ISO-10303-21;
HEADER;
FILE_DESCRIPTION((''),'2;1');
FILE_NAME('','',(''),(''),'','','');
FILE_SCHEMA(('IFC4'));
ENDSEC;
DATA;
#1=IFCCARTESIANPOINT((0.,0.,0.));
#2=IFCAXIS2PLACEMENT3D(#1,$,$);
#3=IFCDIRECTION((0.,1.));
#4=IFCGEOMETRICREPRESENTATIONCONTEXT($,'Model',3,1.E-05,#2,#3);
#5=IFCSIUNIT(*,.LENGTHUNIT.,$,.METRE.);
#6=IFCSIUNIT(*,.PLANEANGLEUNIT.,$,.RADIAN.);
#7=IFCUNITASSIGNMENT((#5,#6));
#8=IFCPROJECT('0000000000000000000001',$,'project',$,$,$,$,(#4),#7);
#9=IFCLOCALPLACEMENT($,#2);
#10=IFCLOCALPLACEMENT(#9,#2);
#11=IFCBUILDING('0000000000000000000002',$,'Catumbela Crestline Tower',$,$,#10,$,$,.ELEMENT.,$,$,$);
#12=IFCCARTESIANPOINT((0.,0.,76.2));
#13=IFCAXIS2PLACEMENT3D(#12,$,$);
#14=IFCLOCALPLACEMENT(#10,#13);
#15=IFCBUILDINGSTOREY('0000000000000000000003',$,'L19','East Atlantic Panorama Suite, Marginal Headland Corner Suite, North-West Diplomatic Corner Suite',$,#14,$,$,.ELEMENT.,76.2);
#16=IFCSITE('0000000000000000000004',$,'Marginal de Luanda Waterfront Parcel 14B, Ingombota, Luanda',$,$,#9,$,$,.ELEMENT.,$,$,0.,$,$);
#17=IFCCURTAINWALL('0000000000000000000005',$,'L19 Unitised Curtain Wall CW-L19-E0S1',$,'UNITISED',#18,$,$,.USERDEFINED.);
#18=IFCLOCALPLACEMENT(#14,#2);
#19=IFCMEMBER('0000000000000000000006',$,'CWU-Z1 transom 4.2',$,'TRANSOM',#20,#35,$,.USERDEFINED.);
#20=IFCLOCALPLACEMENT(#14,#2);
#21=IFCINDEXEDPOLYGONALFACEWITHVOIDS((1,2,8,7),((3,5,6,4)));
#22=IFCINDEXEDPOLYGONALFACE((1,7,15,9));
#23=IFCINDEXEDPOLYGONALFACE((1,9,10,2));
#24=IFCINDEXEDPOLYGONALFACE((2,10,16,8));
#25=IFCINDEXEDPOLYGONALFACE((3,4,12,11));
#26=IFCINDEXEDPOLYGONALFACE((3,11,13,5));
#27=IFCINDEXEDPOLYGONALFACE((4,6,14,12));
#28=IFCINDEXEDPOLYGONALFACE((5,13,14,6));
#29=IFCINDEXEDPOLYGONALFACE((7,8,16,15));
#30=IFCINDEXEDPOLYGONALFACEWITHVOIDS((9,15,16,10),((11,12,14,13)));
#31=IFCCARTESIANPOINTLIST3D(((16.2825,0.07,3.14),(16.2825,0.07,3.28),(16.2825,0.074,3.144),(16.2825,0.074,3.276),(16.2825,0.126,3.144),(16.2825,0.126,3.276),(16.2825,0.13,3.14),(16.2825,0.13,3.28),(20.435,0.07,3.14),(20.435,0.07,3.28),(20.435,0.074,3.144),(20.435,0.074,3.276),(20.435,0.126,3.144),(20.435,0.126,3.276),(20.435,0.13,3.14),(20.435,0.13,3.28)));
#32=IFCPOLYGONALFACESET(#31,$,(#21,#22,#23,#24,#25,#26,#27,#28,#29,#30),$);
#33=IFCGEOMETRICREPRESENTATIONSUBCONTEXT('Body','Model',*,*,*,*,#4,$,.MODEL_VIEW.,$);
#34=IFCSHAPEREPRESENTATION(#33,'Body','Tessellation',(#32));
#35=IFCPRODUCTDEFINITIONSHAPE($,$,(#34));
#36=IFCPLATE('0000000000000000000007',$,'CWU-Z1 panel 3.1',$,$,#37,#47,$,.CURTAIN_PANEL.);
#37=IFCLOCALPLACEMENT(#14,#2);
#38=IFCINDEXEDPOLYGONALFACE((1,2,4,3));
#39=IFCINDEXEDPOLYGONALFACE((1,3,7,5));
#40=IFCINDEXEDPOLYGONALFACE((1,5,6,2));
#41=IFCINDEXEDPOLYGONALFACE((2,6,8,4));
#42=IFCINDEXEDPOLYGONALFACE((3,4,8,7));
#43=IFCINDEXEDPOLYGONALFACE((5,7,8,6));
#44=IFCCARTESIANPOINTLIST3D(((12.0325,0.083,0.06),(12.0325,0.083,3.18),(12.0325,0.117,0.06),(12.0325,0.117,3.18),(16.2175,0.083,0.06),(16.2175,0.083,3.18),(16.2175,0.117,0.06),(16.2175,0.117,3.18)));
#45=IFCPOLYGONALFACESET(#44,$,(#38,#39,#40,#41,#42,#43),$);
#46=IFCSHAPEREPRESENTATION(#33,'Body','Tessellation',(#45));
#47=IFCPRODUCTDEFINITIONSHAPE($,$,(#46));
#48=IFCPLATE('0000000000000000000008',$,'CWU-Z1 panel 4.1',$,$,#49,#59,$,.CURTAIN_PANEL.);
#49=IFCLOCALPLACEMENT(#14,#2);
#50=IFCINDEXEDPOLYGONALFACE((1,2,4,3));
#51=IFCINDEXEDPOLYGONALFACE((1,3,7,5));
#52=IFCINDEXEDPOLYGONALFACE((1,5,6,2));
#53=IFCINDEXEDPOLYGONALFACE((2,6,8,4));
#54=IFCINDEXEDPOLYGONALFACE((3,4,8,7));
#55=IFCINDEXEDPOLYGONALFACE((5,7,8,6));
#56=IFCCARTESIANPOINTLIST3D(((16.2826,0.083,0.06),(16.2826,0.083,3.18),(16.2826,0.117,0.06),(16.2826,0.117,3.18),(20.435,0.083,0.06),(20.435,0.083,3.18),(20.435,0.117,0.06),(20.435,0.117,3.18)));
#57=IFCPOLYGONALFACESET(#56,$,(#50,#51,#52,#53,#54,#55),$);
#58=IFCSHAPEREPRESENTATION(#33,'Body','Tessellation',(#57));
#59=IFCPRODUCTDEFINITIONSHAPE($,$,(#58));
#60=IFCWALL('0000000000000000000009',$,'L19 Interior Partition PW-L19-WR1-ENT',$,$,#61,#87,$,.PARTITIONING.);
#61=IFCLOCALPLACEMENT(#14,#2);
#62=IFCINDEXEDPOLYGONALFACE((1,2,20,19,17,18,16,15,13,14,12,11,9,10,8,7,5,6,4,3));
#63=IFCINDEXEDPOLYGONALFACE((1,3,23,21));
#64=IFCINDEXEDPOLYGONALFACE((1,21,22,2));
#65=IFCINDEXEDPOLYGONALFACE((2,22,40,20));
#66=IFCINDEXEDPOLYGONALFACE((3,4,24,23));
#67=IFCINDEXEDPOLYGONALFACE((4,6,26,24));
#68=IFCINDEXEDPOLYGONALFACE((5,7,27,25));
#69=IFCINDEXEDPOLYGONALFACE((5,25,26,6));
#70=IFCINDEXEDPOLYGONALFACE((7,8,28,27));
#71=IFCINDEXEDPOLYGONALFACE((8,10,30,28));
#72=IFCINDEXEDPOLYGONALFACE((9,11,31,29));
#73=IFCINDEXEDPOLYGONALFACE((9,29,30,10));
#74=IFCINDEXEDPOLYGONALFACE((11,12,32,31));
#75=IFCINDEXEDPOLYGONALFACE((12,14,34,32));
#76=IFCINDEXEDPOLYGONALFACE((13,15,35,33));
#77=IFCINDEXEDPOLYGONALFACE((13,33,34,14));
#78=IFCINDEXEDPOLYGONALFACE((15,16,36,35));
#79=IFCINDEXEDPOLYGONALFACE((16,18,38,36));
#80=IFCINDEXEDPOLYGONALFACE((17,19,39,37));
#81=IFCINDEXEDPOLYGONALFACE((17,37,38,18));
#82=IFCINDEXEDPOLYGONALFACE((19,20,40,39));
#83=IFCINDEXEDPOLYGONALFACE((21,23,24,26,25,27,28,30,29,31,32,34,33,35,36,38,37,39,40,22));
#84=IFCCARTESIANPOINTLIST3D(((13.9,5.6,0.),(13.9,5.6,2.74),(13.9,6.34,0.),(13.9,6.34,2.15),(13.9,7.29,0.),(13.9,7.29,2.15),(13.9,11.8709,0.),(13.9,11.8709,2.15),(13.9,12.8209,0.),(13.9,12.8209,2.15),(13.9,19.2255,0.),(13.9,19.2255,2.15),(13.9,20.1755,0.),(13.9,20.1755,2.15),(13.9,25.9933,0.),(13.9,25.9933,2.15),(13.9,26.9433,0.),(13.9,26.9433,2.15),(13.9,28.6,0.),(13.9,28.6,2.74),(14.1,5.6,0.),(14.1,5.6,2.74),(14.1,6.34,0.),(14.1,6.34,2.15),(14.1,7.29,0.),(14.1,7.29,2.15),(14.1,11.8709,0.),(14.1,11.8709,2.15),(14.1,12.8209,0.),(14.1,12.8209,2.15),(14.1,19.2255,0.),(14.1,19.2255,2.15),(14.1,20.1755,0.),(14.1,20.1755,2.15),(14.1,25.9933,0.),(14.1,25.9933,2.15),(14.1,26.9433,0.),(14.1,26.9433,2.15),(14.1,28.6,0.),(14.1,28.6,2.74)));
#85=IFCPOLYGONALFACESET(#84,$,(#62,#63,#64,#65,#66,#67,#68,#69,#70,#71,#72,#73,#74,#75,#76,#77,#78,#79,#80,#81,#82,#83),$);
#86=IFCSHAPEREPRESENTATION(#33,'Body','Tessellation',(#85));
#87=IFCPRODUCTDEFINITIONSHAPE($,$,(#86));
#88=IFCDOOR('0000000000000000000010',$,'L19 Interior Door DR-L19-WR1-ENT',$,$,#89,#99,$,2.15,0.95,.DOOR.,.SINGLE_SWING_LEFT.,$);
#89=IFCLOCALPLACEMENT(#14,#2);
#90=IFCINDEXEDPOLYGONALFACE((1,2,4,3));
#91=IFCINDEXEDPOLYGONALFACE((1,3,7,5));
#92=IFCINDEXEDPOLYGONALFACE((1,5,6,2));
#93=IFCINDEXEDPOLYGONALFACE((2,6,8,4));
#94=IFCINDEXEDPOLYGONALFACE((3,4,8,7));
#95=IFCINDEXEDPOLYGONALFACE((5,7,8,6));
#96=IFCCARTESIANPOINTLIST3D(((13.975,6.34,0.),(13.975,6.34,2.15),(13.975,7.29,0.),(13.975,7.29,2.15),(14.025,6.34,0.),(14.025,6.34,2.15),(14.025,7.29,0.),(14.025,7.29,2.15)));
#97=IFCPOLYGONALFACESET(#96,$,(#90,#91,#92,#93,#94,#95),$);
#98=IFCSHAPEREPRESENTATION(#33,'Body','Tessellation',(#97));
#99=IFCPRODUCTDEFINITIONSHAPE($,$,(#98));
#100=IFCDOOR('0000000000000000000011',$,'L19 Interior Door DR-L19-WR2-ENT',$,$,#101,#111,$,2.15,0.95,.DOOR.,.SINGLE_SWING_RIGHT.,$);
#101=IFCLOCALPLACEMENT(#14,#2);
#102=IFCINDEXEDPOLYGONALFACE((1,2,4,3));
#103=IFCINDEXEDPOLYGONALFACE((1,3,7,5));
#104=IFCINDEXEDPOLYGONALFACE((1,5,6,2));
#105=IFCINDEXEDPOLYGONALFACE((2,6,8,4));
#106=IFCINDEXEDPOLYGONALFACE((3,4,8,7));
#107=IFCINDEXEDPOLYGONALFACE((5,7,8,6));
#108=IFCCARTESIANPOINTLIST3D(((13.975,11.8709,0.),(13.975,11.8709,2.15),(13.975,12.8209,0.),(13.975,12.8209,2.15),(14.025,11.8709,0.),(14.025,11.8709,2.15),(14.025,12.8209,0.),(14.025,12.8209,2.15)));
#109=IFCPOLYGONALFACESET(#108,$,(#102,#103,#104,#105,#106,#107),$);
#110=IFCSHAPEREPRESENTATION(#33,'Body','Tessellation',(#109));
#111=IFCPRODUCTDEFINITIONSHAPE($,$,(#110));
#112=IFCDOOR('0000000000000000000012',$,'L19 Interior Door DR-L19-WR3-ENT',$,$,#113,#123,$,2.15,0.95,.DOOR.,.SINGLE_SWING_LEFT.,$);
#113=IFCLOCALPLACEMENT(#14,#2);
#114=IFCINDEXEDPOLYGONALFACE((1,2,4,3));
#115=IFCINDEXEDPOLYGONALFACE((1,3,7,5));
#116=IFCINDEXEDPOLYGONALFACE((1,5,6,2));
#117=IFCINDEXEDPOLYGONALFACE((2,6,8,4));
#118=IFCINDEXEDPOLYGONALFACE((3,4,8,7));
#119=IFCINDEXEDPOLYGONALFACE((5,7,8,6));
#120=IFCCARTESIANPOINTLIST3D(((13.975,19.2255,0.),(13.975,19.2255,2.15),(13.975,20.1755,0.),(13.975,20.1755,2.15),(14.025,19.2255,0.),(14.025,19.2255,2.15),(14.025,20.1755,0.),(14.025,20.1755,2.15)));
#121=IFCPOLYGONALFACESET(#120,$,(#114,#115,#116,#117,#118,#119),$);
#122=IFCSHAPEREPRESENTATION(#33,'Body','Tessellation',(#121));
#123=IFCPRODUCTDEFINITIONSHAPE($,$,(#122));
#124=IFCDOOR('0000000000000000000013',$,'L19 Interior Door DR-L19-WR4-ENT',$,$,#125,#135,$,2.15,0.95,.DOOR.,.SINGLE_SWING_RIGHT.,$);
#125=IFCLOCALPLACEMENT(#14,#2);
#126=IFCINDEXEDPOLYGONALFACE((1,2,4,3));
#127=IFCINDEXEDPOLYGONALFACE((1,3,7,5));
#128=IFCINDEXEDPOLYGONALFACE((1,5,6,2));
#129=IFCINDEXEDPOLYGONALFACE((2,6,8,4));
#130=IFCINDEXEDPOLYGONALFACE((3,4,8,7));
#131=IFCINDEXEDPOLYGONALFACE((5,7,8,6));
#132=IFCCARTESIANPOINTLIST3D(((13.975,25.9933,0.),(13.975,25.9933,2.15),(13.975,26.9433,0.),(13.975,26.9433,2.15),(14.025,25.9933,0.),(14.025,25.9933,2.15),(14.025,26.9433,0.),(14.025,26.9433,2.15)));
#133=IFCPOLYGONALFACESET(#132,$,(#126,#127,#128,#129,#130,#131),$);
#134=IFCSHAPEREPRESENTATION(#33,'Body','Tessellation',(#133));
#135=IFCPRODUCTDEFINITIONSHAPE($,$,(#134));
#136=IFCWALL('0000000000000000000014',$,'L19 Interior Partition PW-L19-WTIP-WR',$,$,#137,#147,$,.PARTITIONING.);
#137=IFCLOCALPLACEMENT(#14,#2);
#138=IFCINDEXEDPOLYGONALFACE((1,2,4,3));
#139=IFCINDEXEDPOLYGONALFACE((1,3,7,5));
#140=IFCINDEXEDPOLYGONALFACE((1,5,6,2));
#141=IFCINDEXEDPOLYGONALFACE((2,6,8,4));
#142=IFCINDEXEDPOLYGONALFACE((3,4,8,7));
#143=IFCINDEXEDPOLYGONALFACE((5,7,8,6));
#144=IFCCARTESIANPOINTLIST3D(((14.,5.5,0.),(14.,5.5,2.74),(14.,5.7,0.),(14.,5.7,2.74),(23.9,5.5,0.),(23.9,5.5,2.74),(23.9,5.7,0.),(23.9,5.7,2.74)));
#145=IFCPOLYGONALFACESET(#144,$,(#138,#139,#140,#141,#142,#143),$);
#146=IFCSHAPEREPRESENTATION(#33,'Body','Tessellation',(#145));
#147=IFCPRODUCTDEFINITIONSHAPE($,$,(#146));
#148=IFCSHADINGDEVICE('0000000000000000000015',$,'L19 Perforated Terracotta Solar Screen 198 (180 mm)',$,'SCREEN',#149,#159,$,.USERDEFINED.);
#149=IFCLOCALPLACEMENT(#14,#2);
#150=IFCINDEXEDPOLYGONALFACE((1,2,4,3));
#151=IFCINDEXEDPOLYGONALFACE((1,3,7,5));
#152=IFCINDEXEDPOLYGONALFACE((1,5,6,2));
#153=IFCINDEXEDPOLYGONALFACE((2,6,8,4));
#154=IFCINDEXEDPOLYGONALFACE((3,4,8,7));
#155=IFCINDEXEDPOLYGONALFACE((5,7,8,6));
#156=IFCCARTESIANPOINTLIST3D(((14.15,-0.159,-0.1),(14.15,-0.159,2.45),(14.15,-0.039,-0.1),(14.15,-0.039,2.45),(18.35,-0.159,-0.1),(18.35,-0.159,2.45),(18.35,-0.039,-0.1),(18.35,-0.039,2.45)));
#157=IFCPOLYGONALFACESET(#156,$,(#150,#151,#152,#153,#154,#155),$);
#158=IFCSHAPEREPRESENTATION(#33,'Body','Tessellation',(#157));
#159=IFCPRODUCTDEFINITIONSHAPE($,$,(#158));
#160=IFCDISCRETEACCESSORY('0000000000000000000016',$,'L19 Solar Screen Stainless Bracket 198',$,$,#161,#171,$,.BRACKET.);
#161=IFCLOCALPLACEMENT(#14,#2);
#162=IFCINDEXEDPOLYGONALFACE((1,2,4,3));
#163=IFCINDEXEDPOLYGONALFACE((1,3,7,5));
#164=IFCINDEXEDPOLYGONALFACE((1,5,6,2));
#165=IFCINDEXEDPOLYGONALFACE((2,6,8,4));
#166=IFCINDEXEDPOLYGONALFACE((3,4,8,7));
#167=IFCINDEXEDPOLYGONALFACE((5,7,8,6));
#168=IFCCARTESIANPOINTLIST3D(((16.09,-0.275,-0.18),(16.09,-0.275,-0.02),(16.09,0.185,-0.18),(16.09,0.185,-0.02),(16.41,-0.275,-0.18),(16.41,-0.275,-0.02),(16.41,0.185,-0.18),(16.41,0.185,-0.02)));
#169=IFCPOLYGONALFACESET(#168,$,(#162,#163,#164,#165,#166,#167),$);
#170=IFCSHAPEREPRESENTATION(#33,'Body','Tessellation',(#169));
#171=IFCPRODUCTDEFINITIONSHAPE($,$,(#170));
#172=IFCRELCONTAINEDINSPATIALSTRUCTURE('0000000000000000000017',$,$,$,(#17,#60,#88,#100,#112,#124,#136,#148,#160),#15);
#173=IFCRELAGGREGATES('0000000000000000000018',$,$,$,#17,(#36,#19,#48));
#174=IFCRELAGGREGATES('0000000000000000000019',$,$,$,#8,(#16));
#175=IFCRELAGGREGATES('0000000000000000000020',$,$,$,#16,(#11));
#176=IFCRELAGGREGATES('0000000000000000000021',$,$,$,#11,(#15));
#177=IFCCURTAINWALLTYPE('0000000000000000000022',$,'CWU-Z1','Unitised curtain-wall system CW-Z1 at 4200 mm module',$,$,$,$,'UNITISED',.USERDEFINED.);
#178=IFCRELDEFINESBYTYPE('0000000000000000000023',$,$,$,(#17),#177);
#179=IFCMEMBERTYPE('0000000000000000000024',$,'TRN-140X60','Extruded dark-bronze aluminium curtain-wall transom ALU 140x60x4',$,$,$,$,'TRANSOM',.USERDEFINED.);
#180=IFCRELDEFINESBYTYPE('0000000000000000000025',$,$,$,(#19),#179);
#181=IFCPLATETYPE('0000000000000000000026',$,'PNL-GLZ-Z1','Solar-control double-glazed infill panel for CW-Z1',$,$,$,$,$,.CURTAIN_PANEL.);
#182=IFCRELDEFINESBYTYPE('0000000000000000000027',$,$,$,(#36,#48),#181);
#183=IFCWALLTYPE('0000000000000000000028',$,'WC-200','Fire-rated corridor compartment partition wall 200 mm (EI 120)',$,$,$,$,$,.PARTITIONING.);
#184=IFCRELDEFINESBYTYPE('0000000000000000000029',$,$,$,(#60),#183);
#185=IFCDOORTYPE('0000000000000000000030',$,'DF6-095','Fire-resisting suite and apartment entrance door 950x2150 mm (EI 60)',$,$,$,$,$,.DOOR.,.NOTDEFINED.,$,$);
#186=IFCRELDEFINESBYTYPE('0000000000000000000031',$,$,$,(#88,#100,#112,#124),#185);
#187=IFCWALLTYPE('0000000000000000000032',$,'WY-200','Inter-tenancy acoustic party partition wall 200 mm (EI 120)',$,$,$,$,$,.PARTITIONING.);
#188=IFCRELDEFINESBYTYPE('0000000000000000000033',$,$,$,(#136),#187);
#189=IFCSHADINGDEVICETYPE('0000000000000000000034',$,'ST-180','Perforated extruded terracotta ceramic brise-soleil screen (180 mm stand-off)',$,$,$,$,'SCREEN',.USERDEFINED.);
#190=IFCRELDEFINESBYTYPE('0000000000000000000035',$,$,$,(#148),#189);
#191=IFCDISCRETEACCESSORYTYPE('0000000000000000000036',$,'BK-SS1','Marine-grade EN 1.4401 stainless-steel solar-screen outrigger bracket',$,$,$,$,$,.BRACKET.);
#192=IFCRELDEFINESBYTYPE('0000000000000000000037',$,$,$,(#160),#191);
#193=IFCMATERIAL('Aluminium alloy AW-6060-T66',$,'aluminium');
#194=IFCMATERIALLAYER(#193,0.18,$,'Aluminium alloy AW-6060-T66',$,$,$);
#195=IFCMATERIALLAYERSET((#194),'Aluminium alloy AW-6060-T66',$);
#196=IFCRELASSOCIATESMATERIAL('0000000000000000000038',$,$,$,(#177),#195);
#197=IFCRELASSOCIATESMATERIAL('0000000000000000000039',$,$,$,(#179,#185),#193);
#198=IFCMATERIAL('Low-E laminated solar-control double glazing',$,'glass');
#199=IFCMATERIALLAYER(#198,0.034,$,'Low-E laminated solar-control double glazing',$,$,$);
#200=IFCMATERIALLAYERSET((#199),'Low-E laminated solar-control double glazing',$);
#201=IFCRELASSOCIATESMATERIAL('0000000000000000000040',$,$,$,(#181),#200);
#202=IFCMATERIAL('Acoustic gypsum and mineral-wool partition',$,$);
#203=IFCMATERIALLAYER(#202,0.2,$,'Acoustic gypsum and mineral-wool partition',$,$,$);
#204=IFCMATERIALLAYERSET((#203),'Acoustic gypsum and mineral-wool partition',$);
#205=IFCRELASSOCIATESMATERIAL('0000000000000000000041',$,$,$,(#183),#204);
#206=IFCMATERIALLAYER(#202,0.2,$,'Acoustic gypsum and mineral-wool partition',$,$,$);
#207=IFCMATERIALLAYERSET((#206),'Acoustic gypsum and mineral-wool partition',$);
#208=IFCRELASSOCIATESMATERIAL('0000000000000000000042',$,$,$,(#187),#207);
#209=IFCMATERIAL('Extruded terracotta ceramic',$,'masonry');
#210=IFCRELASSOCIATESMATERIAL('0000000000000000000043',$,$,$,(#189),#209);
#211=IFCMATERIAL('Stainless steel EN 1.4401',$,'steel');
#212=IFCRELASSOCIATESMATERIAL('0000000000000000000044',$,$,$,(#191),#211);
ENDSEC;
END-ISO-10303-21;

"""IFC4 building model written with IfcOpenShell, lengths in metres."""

from ifc_helpers import new_model, si_unit, direction, frame, frame_2d, origin, origin_2d, place, context, subcontext, project, spatial, rectangle, hollow_rectangle, extrude, material, layer, layer_set, material_profile, profile_set, type_object, element, fill, aggregate, save


model = new_model("IFC4")

# Units and contexts
model_context = context("Model", 3, precision=1e-05, world=origin(), true_north=direction((0.0, 1.0)))
body_context = subcontext(model_context, "Body", "Model", "MODEL_VIEW")
ifc_project = project(units=[si_unit("LENGTHUNIT", "METRE"), si_unit("PLANEANGLEUNIT", "RADIAN")], contexts=[model_context])

# Site, building, storey
site_placement = place(None, origin())
site = spatial("IfcSite", under=ifc_project, at=site_placement, Name="Marginal de Luanda Waterfront Parcel 14B, Ingombota, Luanda", CompositionType="ELEMENT", RefElevation=0.0)
building_placement = place(site_placement, origin())
building = spatial("IfcBuilding", under=site, at=building_placement, Name="Catumbela Crestline Tower", CompositionType="ELEMENT")
storey_placement = place(building_placement, frame((0.0, 0.0, 76.2)))
storey = spatial("IfcBuildingStorey", under=building, at=storey_placement, Name="L19", Description="East Atlantic Panorama Suite, Marginal Headland Corner Suite, North-West Diplomatic Corner Suite", CompositionType="ELEMENT", Elevation=76.2)

# Curtain wall, member, plates
ifc_material_1 = material(Name="Aluminium alloy AW-6060-T66", Category="aluminium")
ifc_layer_1 = layer(ifc_material_1, 0.18, Name="Aluminium alloy AW-6060-T66")
ifc_layer_set_1 = layer_set([ifc_layer_1], Name="Aluminium alloy AW-6060-T66")
curtain_wall_type = type_object("IfcCurtainWallType", Name="CWU-Z1", Description="Unitised curtain-wall system CW-Z1 at 4200 mm module", ElementType="UNITISED", PredefinedType="USERDEFINED", material=ifc_layer_set_1)
curtain_wall_placement = place(storey_placement, origin())
curtain_wall = element("IfcCurtainWall", 1, at=curtain_wall_placement, inside=storey, type_object=curtain_wall_type, Name="L19 Unitised Curtain Wall CW-L19-E0S1", ObjectType="UNITISED", PredefinedType="USERDEFINED")
ifc_material_profile_1 = material_profile(ifc_material_1, hollow_rectangle(XDim=0.06, YDim=0.14, WallThickness=0.004, at=origin_2d()), Name="ALU 140x60x4")
ifc_profile_set_1 = profile_set([ifc_material_profile_1], Name="Aluminium alloy AW-6060-T66")
member_type_1 = type_object("IfcMemberType", Name="TRN-140X60", Description="Extruded dark-bronze aluminium curtain-wall transom ALU 140x60x4", ElementType="TRANSOM", PredefinedType="USERDEFINED", material=ifc_profile_set_1)
member_1_placement = place(storey_placement, frame((16.2825, 0.1, 3.21), z_axis=(1.0, 0.0, 0.0), x_axis=(0.0, 1.0, 0.0)))
member_1 = element("IfcMember", 2, at=member_1_placement, type_object=member_type_1, Name="CWU-Z1 transom 4.2", ObjectType="TRANSOM", PredefinedType="USERDEFINED", context=body_context, shape_type="SweptSolid", body=[
    extrude(hollow_rectangle(XDim=0.06, YDim=0.14, WallThickness=0.004, at=origin_2d()), origin(), (0.0, 0.0, 1.0), 4.1525),
])
ifc_material_2 = material(Name="Low-E laminated solar-control double glazing", Category="glass")
ifc_layer_2 = layer(ifc_material_2, 0.034, Name="Low-E laminated solar-control double glazing")
ifc_layer_set_2 = layer_set([ifc_layer_2], Name="Low-E laminated solar-control double glazing")
plate_type = type_object("IfcPlateType", Name="PNL-GLZ-Z1", Description="Solar-control double-glazed infill panel for CW-Z1", PredefinedType="CURTAIN_PANEL", material=ifc_layer_set_2)
plate_1_placement = place(storey_placement, frame((14.125, 0.1, 0.06), z_axis=(0.0, 0.0, 1.0), x_axis=(1.0, 0.0, 0.0)))
plate_1 = element("IfcPlate", 3, at=plate_1_placement, type_object=plate_type, Name="CWU-Z1 panel 3.1", PredefinedType="CURTAIN_PANEL", context=body_context, shape_type="SweptSolid", body=[
    extrude(rectangle(XDim=4.185, YDim=0.034, at=origin_2d()), origin(), (0.0, 0.0, 1.0), 3.12),
])
plate_2_placement = place(storey_placement, frame((18.3588, 0.1, 0.06), z_axis=(0.0, 0.0, 1.0), x_axis=(1.0, 0.0, 0.0)))
plate_2 = element("IfcPlate", 4, at=plate_2_placement, type_object=plate_type, Name="CWU-Z1 panel 4.1", PredefinedType="CURTAIN_PANEL", context=body_context, shape_type="SweptSolid", body=[
    extrude(rectangle(XDim=4.1525, YDim=0.034, at=origin_2d()), origin(), (0.0, 0.0, 1.0), 3.12),
])
aggregate(curtain_wall, [plate_1, member_1, plate_2])

# Wall, openings, doors
ifc_material_3 = material(Name="Acoustic gypsum and mineral-wool partition")
ifc_layer_3 = layer(ifc_material_3, 0.2, Name="Acoustic gypsum and mineral-wool partition")
ifc_layer_set_3 = layer_set([ifc_layer_3], Name="Acoustic gypsum and mineral-wool partition")
wall_type_1 = type_object("IfcWallType", Name="WC-200", Description="Fire-rated corridor compartment partition wall 200 mm (EI 120)", PredefinedType="PARTITIONING", material=ifc_layer_set_3)
wall_1_placement = place(storey_placement, frame((14.0, 5.6, 0.0), z_axis=(0.0, 0.0, 1.0), x_axis=(0.0, 1.0, 0.0)))
wall_1 = element("IfcWall", 5, at=wall_1_placement, inside=storey, type_object=wall_type_1, Name="L19 Interior Partition PW-L19-WR1-ENT", PredefinedType="PARTITIONING", context=body_context, shape_type="SweptSolid", body=[
    extrude(rectangle(XDim=23.0, YDim=0.2, at=frame_2d((11.5, 0.0))), origin(), (0.0, 0.0, 1.0), 2.74),
])
opening_1_placement = place(wall_1_placement, frame((0.74, 0.0, 0.0)))
opening_1 = element("IfcOpeningElement", 6, at=opening_1_placement, cuts=wall_1, PredefinedType="OPENING", context=body_context, shape_type="SweptSolid", body=[
    extrude(rectangle(XDim=0.95, YDim=2.15, at=frame_2d((0.475, 1.075))), frame((0.0, 0.11, 0.0), z_axis=(0.0, -1.0, 0.0), x_axis=(1.0, 0.0, 0.0)), (0.0, 0.0, 1.0), 0.22),
])
opening_2_placement = place(wall_1_placement, frame((6.2709, 0.0, 0.0)))
opening_2 = element("IfcOpeningElement", 7, at=opening_2_placement, cuts=wall_1, PredefinedType="OPENING", context=body_context, shape_type="SweptSolid", body=[
    extrude(rectangle(XDim=0.95, YDim=2.15, at=frame_2d((0.475, 1.075))), frame((0.0, 0.11, 0.0), z_axis=(0.0, -1.0, 0.0), x_axis=(1.0, 0.0, 0.0)), (0.0, 0.0, 1.0), 0.22),
])
opening_3_placement = place(wall_1_placement, frame((13.6255, 0.0, 0.0)))
opening_3 = element("IfcOpeningElement", 8, at=opening_3_placement, cuts=wall_1, PredefinedType="OPENING", context=body_context, shape_type="SweptSolid", body=[
    extrude(rectangle(XDim=0.95, YDim=2.15, at=frame_2d((0.475, 1.075))), frame((0.0, 0.11, 0.0), z_axis=(0.0, -1.0, 0.0), x_axis=(1.0, 0.0, 0.0)), (0.0, 0.0, 1.0), 0.22),
])
opening_4_placement = place(wall_1_placement, frame((20.3933, 0.0, 0.0)))
opening_4 = element("IfcOpeningElement", 9, at=opening_4_placement, cuts=wall_1, PredefinedType="OPENING", context=body_context, shape_type="SweptSolid", body=[
    extrude(rectangle(XDim=0.95, YDim=2.15, at=frame_2d((0.475, 1.075))), frame((0.0, 0.11, 0.0), z_axis=(0.0, -1.0, 0.0), x_axis=(1.0, 0.0, 0.0)), (0.0, 0.0, 1.0), 0.22),
])
door_type = type_object("IfcDoorType", Name="DF6-095", Description="Fire-resisting suite and apartment entrance door 950x2150 mm (EI 60)", OperationType="NOTDEFINED", PredefinedType="DOOR", material=ifc_material_1)
door_1_placement = place(opening_1_placement, origin())
door_1 = element("IfcDoor", 10, at=door_1_placement, inside=storey, type_object=door_type, Name="L19 Interior Door DR-L19-WR1-ENT", OperationType="SINGLE_SWING_LEFT", OverallHeight=2.15, OverallWidth=0.95, PredefinedType="DOOR", context=body_context, shape_type="SweptSolid", body=[
    extrude(rectangle(XDim=0.95, YDim=2.15, at=frame_2d((0.475, 1.075))), frame((0.0, 0.025, 0.0), z_axis=(0.0, -1.0, 0.0), x_axis=(1.0, 0.0, 0.0)), (0.0, 0.0, 1.0), 0.05),
])
fill(opening_1, door_1)
door_2_placement = place(opening_2_placement, origin())
door_2 = element("IfcDoor", 11, at=door_2_placement, inside=storey, type_object=door_type, Name="L19 Interior Door DR-L19-WR2-ENT", OperationType="SINGLE_SWING_RIGHT", OverallHeight=2.15, OverallWidth=0.95, PredefinedType="DOOR", context=body_context, shape_type="SweptSolid", body=[
    extrude(rectangle(XDim=0.95, YDim=2.15, at=frame_2d((0.475, 1.075))), frame((0.0, 0.025, 0.0), z_axis=(0.0, -1.0, 0.0), x_axis=(1.0, 0.0, 0.0)), (0.0, 0.0, 1.0), 0.05),
])
fill(opening_2, door_2)
door_3_placement = place(opening_3_placement, origin())
door_3 = element("IfcDoor", 12, at=door_3_placement, inside=storey, type_object=door_type, Name="L19 Interior Door DR-L19-WR3-ENT", OperationType="SINGLE_SWING_LEFT", OverallHeight=2.15, OverallWidth=0.95, PredefinedType="DOOR", context=body_context, shape_type="SweptSolid", body=[
    extrude(rectangle(XDim=0.95, YDim=2.15, at=frame_2d((0.475, 1.075))), frame((0.0, 0.025, 0.0), z_axis=(0.0, -1.0, 0.0), x_axis=(1.0, 0.0, 0.0)), (0.0, 0.0, 1.0), 0.05),
])
fill(opening_3, door_3)
door_4_placement = place(opening_4_placement, origin())
door_4 = element("IfcDoor", 13, at=door_4_placement, inside=storey, type_object=door_type, Name="L19 Interior Door DR-L19-WR4-ENT", OperationType="SINGLE_SWING_RIGHT", OverallHeight=2.15, OverallWidth=0.95, PredefinedType="DOOR", context=body_context, shape_type="SweptSolid", body=[
    extrude(rectangle(XDim=0.95, YDim=2.15, at=frame_2d((0.475, 1.075))), frame((0.0, 0.025, 0.0), z_axis=(0.0, -1.0, 0.0), x_axis=(1.0, 0.0, 0.0)), (0.0, 0.0, 1.0), 0.05),
])
fill(opening_4, door_4)

# Wall
ifc_layer_4 = layer(ifc_material_3, 0.2, Name="Acoustic gypsum and mineral-wool partition")
ifc_layer_set_4 = layer_set([ifc_layer_4], Name="Acoustic gypsum and mineral-wool partition")
wall_type_2 = type_object("IfcWallType", Name="WY-200", Description="Inter-tenancy acoustic party partition wall 200 mm (EI 120)", PredefinedType="PARTITIONING", material=ifc_layer_set_4)
wall_2_placement = place(storey_placement, frame((14.0, 5.6, 0.0), z_axis=(0.0, 0.0, 1.0), x_axis=(1.0, 0.0, 0.0)))
element("IfcWall", 14, at=wall_2_placement, inside=storey, type_object=wall_type_2, Name="L19 Interior Partition PW-L19-WTIP-WR", PredefinedType="PARTITIONING", context=body_context, shape_type="SweptSolid", body=[
    extrude(rectangle(XDim=9.9, YDim=0.2, at=frame_2d((4.95, 0.0))), origin(), (0.0, 0.0, 1.0), 2.74),
])

# Shading device
ifc_material_4 = material(Name="Extruded terracotta ceramic", Category="masonry")
shading_device_type = type_object("IfcShadingDeviceType", Name="ST-180", Description="Perforated extruded terracotta ceramic brise-soleil screen (180 mm stand-off)", ElementType="SCREEN", PredefinedType="USERDEFINED", material=ifc_material_4)
shading_device_placement = place(storey_placement, frame((16.25, -0.099, -0.1), z_axis=(0.0, 0.0, 1.0), x_axis=(1.0, 0.0, 0.0)))
element("IfcShadingDevice", 15, at=shading_device_placement, inside=storey, type_object=shading_device_type, Name="L19 Perforated Terracotta Solar Screen 198 (180 mm)", ObjectType="SCREEN", PredefinedType="USERDEFINED", context=body_context, shape_type="SweptSolid", body=[
    extrude(rectangle(XDim=4.2, YDim=0.12, at=origin_2d()), origin(), (0.0, 0.0, 1.0), 2.55),
])

# Discrete accessory
ifc_material_5 = material(Name="Stainless steel EN 1.4401", Category="steel")
discrete_accessory_type = type_object("IfcDiscreteAccessoryType", Name="BK-SS1", Description="Marine-grade EN 1.4401 stainless-steel solar-screen outrigger bracket", PredefinedType="BRACKET", material=ifc_material_5)
discrete_accessory_placement = place(storey_placement, frame((16.25, -0.045, -0.18), z_axis=(0.0, 0.0, 1.0), x_axis=(1.0, 0.0, 0.0)))
element("IfcDiscreteAccessory", 16, at=discrete_accessory_placement, inside=storey, type_object=discrete_accessory_type, Name="L19 Solar Screen Stainless Bracket 198", PredefinedType="BRACKET", context=body_context, shape_type="SweptSolid", body=[
    extrude(rectangle(XDim=0.32, YDim=0.46, at=origin_2d()), origin(), (0.0, 0.0, 1.0), 0.16),
])

save(model, "model.ifc")
